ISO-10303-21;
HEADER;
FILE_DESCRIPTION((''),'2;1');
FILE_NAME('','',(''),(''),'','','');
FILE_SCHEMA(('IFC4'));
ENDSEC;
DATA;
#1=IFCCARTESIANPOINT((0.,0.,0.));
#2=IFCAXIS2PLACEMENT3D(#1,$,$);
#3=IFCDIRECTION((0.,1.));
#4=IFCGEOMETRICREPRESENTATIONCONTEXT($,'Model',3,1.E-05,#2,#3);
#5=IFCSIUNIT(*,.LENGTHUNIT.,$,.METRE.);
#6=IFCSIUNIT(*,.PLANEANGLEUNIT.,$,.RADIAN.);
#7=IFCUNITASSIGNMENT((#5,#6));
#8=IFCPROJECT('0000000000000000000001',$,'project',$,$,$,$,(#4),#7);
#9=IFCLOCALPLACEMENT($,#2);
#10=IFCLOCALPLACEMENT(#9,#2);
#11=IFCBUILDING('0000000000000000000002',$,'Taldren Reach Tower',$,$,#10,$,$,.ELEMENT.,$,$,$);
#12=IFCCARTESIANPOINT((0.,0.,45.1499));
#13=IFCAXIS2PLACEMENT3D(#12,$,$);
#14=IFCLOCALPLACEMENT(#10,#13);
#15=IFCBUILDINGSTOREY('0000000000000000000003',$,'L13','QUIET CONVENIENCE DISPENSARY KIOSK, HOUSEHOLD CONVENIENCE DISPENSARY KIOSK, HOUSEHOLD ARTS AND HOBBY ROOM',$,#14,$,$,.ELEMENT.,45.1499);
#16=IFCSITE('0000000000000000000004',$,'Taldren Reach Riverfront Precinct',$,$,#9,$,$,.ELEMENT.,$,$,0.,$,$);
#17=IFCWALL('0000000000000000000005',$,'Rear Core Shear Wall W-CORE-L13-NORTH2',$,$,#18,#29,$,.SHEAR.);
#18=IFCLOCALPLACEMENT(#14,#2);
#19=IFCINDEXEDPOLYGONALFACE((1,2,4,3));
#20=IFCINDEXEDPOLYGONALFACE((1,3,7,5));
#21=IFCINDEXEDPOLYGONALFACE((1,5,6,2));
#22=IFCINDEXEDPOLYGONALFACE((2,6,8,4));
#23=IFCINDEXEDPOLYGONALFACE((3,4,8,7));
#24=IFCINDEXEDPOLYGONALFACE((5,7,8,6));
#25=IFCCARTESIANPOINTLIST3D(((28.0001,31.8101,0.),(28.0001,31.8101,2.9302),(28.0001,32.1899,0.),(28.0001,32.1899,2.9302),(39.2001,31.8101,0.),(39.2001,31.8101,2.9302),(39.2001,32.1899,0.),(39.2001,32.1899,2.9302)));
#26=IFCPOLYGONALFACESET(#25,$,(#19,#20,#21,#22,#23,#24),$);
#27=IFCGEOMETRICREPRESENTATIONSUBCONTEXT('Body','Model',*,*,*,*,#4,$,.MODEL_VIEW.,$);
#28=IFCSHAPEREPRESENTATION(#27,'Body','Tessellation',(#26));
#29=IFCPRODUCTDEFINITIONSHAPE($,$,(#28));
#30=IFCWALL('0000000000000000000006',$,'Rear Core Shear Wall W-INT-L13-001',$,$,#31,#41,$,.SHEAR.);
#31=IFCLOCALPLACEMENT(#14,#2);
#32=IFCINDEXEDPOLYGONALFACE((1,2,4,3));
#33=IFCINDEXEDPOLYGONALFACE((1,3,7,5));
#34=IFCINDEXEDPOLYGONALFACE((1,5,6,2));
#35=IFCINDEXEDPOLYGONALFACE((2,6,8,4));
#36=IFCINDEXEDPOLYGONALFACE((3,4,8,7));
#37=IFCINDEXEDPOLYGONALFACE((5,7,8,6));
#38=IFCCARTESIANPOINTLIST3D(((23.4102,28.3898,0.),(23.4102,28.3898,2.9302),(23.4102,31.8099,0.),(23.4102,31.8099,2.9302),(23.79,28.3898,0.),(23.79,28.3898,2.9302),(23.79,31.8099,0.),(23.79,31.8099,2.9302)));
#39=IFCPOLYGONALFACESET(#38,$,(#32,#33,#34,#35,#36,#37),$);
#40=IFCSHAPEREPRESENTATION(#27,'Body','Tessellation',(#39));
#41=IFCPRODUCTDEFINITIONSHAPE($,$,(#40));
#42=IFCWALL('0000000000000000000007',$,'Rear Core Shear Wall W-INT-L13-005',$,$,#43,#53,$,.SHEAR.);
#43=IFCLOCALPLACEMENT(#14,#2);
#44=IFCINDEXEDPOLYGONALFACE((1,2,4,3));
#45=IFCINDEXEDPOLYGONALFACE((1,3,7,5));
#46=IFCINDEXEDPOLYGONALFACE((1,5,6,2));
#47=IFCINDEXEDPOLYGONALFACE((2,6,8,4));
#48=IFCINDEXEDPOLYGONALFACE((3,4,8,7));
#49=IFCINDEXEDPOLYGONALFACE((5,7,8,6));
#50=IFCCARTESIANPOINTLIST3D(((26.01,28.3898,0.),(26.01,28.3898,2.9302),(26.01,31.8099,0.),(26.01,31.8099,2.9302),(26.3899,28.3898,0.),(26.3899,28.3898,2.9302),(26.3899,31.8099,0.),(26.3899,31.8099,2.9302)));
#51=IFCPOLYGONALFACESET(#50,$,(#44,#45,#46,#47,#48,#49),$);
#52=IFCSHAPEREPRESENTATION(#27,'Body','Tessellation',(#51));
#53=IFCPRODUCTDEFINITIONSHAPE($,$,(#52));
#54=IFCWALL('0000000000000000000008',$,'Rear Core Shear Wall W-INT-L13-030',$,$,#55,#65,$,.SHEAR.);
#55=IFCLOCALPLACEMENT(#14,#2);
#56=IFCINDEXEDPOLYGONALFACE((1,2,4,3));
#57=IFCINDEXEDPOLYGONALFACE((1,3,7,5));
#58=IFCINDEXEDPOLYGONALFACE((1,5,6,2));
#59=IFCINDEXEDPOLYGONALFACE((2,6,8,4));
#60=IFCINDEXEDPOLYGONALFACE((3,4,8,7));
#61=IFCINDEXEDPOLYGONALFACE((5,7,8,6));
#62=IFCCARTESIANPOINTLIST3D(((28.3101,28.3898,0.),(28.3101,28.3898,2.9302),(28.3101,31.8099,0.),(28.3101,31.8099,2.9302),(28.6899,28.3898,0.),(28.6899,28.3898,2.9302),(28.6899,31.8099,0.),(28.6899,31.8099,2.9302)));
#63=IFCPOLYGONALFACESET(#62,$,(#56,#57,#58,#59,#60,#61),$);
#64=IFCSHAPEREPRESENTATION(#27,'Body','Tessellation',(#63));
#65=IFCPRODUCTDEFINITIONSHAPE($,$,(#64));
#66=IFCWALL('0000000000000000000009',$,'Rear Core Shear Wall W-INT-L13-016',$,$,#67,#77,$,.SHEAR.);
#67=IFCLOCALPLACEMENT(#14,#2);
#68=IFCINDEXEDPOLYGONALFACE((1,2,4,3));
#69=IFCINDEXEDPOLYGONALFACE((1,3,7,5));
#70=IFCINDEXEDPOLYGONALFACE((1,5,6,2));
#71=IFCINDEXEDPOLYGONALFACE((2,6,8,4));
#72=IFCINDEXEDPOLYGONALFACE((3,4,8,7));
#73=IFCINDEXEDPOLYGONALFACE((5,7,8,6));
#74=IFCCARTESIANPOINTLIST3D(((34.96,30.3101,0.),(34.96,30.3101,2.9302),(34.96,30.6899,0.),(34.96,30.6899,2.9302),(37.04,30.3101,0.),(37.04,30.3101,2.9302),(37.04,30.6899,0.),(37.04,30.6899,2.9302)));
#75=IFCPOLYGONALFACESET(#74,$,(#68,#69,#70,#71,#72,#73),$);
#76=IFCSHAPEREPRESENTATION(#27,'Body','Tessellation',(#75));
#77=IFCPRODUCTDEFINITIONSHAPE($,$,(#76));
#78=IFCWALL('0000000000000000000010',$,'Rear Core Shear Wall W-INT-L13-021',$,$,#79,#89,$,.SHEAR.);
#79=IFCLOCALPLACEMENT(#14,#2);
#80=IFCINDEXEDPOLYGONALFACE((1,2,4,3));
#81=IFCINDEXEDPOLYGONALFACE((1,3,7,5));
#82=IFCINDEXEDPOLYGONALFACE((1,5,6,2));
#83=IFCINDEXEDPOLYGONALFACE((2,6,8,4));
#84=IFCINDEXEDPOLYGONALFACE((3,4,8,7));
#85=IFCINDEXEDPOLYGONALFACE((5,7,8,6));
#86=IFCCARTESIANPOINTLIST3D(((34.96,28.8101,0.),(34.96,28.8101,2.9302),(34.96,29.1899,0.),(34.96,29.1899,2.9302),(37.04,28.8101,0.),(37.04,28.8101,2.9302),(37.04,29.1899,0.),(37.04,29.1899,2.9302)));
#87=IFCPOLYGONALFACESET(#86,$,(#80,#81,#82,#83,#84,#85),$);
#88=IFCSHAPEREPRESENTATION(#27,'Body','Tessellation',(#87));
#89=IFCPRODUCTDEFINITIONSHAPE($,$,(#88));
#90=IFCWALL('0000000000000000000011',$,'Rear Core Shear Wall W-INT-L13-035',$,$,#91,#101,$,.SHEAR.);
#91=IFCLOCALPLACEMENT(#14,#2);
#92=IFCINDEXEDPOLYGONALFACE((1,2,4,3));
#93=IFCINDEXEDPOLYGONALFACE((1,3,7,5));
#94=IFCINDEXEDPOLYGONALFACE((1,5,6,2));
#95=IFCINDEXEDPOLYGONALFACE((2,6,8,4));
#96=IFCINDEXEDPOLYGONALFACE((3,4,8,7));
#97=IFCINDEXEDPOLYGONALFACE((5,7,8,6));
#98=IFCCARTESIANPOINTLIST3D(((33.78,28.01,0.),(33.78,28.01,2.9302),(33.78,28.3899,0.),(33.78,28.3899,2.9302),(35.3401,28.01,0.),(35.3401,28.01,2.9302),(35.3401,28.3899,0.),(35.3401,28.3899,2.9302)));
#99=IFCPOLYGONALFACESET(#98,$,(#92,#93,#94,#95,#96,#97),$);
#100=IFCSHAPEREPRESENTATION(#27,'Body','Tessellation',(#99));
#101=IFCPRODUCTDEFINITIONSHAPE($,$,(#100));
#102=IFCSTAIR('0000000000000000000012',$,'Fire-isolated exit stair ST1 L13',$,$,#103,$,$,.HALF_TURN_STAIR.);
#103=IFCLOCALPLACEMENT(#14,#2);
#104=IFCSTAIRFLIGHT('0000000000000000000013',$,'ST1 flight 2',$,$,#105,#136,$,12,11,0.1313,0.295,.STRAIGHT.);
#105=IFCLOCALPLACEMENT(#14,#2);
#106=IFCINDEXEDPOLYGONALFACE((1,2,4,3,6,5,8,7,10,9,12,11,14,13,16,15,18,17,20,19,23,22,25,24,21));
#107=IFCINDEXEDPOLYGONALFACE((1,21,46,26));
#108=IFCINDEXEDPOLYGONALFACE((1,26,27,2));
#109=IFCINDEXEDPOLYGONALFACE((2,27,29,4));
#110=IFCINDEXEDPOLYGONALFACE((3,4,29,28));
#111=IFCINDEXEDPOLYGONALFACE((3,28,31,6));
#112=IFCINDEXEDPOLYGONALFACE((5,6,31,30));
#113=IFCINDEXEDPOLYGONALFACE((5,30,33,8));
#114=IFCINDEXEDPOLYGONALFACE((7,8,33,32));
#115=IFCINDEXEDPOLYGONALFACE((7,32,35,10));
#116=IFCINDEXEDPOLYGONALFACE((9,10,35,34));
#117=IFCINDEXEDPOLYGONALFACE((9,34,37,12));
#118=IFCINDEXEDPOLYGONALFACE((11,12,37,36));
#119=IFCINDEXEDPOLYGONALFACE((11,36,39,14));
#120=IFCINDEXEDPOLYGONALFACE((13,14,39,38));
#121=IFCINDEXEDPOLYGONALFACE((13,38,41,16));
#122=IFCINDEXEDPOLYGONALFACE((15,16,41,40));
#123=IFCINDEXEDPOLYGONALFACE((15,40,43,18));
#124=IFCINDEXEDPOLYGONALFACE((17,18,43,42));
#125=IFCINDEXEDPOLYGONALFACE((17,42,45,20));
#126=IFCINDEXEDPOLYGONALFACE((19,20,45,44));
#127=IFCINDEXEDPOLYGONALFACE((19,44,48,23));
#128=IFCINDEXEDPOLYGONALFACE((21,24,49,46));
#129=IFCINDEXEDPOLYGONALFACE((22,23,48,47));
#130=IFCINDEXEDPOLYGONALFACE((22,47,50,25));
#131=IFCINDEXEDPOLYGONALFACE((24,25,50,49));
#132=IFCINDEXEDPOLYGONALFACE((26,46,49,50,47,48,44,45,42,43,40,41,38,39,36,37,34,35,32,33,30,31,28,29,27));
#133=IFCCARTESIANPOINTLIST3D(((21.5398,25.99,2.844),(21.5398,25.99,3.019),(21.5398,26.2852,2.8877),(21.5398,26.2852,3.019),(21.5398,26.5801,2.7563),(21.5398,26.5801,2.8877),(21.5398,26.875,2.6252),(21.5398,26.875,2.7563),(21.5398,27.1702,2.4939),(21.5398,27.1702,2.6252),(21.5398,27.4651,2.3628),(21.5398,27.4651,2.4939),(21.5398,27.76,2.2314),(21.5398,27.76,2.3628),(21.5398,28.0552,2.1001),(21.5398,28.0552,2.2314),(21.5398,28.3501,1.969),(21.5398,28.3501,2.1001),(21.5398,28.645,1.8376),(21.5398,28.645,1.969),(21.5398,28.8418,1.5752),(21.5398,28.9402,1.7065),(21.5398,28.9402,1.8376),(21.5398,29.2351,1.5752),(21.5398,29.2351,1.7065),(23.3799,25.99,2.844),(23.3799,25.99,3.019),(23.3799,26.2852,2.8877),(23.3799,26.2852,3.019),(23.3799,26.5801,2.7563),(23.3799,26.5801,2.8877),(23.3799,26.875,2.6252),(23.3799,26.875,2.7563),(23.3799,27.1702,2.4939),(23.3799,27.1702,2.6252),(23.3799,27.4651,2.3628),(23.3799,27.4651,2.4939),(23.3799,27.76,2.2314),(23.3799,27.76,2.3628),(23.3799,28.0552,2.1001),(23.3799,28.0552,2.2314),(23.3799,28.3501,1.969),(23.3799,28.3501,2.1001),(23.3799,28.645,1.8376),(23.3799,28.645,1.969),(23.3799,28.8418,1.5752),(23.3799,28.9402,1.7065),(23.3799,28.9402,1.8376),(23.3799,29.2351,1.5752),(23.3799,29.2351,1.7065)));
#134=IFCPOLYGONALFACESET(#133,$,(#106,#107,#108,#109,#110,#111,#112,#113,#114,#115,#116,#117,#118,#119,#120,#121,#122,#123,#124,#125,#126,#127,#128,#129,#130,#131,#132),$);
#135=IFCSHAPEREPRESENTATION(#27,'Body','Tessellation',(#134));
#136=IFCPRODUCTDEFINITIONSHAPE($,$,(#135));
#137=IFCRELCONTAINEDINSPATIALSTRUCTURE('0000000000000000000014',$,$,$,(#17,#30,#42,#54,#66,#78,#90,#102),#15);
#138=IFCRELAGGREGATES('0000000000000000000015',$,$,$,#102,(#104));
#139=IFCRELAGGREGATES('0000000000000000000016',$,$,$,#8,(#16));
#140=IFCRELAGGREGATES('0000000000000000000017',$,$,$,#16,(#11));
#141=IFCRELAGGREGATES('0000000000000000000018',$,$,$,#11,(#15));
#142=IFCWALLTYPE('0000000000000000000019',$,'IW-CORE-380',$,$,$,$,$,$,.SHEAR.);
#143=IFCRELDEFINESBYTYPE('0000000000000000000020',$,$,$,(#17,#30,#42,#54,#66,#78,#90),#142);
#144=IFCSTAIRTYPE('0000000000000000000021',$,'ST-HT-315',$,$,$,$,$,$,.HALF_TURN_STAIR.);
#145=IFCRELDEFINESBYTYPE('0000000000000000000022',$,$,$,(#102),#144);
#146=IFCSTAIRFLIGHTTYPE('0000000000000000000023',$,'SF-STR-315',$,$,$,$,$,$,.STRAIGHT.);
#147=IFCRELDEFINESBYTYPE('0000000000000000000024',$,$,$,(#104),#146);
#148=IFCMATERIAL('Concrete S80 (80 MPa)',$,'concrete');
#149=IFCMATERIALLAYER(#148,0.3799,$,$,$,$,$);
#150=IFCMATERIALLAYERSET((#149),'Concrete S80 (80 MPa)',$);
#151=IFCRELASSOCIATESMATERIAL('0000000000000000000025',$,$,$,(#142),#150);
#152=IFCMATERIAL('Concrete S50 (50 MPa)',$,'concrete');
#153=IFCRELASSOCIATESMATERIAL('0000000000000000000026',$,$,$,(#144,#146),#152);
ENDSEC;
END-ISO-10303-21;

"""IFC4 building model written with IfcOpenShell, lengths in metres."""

from ifc_helpers import new_model, si_unit, direction, frame, frame_2d, origin, place, context, subcontext, project, spatial, polyline, rectangle, outline, extrude, source, transform, mapped, material, layer, layer_set, type_object, element, aggregate, save


model = new_model("IFC4")

# Units and contexts
model_context = context("Model", 3, precision=1e-05, world=origin(), true_north=direction((0.0, 1.0)))
body_context = subcontext(model_context, "Body", "Model", "MODEL_VIEW")
ifc_project = project(units=[si_unit("LENGTHUNIT", "METRE"), si_unit("PLANEANGLEUNIT", "RADIAN")], contexts=[model_context])

# Site, building, storey
site_placement = place(None, origin())
site = spatial("IfcSite", under=ifc_project, at=site_placement, Name="Taldren Reach Riverfront Precinct", CompositionType="ELEMENT", RefElevation=0.0)
building_placement = place(site_placement, origin())
building = spatial("IfcBuilding", under=site, at=building_placement, Name="Taldren Reach Tower", CompositionType="ELEMENT")
storey_placement = place(building_placement, frame((0.0, 0.0, 45.1499)))
storey = spatial("IfcBuildingStorey", under=building, at=storey_placement, Name="L13", Description="QUIET CONVENIENCE DISPENSARY KIOSK, HOUSEHOLD CONVENIENCE DISPENSARY KIOSK, HOUSEHOLD ARTS AND HOBBY ROOM", CompositionType="ELEMENT", Elevation=45.1499)

# Walls
ifc_material_1 = material(Name="Concrete S80 (80 MPa)", Category="concrete")
ifc_layer_1 = layer(ifc_material_1, 0.3799)
ifc_layer_set_1 = layer_set([ifc_layer_1], Name="Concrete S80 (80 MPa)")
wall_type = type_object("IfcWallType", Name="IW-CORE-380", PredefinedType="SHEAR", material=ifc_layer_set_1)
shared_shape_1 = source(origin(), body_context, "Body", "SweptSolid", [
    extrude(rectangle(XDim=11.2, YDim=0.3799, at=frame_2d((5.6001, 0.0))), origin(), (0.0, 0.0, 1.0), 2.9302),
])
wall_1_placement = place(storey_placement, frame((28.0, 32.0, 0.0), z_axis=(0.0, 0.0, 1.0), x_axis=(1.0, 0.0, 0.0)))
element("IfcWall", 1, at=wall_1_placement, inside=storey, type_object=wall_type, Name="Rear Core Shear Wall W-CORE-L13-NORTH2", PredefinedType="SHEAR", context=body_context, shape_type="MappedRepresentation", body=[
    mapped(shared_shape_1, transform((0.0, 0.0, 0.0), scale=1.0)),
])
shared_shape_2 = source(origin(), body_context, "Body", "SweptSolid", [
    extrude(rectangle(XDim=3.4202, YDim=0.3799, at=frame_2d((1.71, 0.0))), origin(), (0.0, 0.0, 1.0), 2.9302),
])
for number, where, z_axis, x_axis, name in (
    (2, (23.6001, 28.3899, 0.0), (0.0, 0.0, 1.0), (0.0, 1.0, 0.0), "Rear Core Shear Wall W-INT-L13-001"),
    (3, (26.2, 28.3899, 0.0), (0.0, 0.0, 1.0), (0.0, 1.0, 0.0), "Rear Core Shear Wall W-INT-L13-005"),
    (4, (28.5, 28.3899, 0.0), (0.0, 0.0, 1.0), (0.0, 1.0, 0.0), "Rear Core Shear Wall W-INT-L13-030"),
):
    element("IfcWall", number, at=place(storey_placement, frame(where, z_axis=z_axis, x_axis=x_axis)), inside=storey, type_object=wall_type, Name=name, PredefinedType="SHEAR", context=body_context, shape_type="MappedRepresentation", body=[
        mapped(shared_shape_2, transform((0.0, 0.0, 0.0), scale=1.0)),
    ])

# Walls
shared_shape_3 = source(origin(), body_context, "Body", "SweptSolid", [
    extrude(rectangle(XDim=2.0801, YDim=0.3799, at=frame_2d((1.04, 0.0))), origin(), (0.0, 0.0, 1.0), 2.9302),
])
for number, where, z_axis, x_axis, name in (
    (5, (34.96, 30.5, 0.0), (0.0, 0.0, 1.0), (1.0, 0.0, 0.0), "Rear Core Shear Wall W-INT-L13-016"),
    (6, (34.96, 29.0, 0.0), (0.0, 0.0, 1.0), (1.0, 0.0, 0.0), "Rear Core Shear Wall W-INT-L13-021"),
):
    element("IfcWall", number, at=place(storey_placement, frame(where, z_axis=z_axis, x_axis=x_axis)), inside=storey, type_object=wall_type, Name=name, PredefinedType="SHEAR", context=body_context, shape_type="MappedRepresentation", body=[
        mapped(shared_shape_3, transform((0.0, 0.0, 0.0), scale=1.0)),
    ])

# Wall
shared_shape_4 = source(origin(), body_context, "Body", "SweptSolid", [
    extrude(rectangle(XDim=1.5601, YDim=0.3799, at=frame_2d((0.78, 0.0))), origin(), (0.0, 0.0, 1.0), 2.9302),
])
wall_2_placement = place(storey_placement, frame((33.78, 28.2, 0.0), z_axis=(0.0, 0.0, 1.0), x_axis=(1.0, 0.0, 0.0)))
element("IfcWall", 7, at=wall_2_placement, inside=storey, type_object=wall_type, Name="Rear Core Shear Wall W-INT-L13-035", PredefinedType="SHEAR", context=body_context, shape_type="MappedRepresentation", body=[
    mapped(shared_shape_4, transform((0.0, 0.0, 0.0), scale=1.0)),
])

# Stair, stair flight
ifc_material_2 = material(Name="Concrete S50 (50 MPa)", Category="concrete")
stair_type = type_object("IfcStairType", Name="ST-HT-315", PredefinedType="HALF_TURN_STAIR", material=ifc_material_2)
stair_placement = place(storey_placement, origin())
stair = element("IfcStair", 8, at=stair_placement, inside=storey, type_object=stair_type, Name="Fire-isolated exit stair ST1 L13", PredefinedType="HALF_TURN_STAIR")
stair_flight_type = type_object("IfcStairFlightType", Name="SF-STR-315", PredefinedType="STRAIGHT", material=ifc_material_2)
stair_flight_placement = place(storey_placement, frame((22.46, 29.2351, 1.5752), z_axis=(0.0, 0.0, 1.0), x_axis=(0.0, -1.0, 0.0)))
stair_flight = element("IfcStairFlight", 9, at=stair_flight_placement, type_object=stair_flight_type, Name="ST1 flight 2", NumberOfRisers=12, NumberOfTreads=11, PredefinedType="STRAIGHT", RiserHeight=0.1313, TreadLength=0.295, context=body_context, shape_type="SweptSolid", body=[
    extrude(outline(polyline([(0.0, 0.0), (0.0, 0.1313), (0.2949, 0.1313), (0.2949, 0.2625), (0.5901, 0.2625), (0.5901, 0.3938), (0.885, 0.3938), (0.885, 0.5249), (1.1799, 0.5249), (1.1799, 0.6562), (1.4751, 0.6562), (1.4751, 0.7876), (1.77, 0.7876), (1.77, 0.9187), (2.0649, 0.9187), (2.0649, 1.05), (2.3601, 1.05), (2.3601, 1.1812), (2.655, 1.1812), (2.655, 1.3125), (2.95, 1.3125), (2.95, 1.4438), (3.2451, 1.4438), (3.2451, 1.575), (3.2451, 1.2688), (0.3933, 0.0), (0.0, 0.0)])), frame((0.0, 0.9199, 0.0), z_axis=(0.0, -1.0, 0.0), x_axis=(1.0, 0.0, 0.0)), (0.0, 0.0, 1.0), 1.8401),
])
aggregate(stair, [stair_flight])

save(model, "model.ifc")
